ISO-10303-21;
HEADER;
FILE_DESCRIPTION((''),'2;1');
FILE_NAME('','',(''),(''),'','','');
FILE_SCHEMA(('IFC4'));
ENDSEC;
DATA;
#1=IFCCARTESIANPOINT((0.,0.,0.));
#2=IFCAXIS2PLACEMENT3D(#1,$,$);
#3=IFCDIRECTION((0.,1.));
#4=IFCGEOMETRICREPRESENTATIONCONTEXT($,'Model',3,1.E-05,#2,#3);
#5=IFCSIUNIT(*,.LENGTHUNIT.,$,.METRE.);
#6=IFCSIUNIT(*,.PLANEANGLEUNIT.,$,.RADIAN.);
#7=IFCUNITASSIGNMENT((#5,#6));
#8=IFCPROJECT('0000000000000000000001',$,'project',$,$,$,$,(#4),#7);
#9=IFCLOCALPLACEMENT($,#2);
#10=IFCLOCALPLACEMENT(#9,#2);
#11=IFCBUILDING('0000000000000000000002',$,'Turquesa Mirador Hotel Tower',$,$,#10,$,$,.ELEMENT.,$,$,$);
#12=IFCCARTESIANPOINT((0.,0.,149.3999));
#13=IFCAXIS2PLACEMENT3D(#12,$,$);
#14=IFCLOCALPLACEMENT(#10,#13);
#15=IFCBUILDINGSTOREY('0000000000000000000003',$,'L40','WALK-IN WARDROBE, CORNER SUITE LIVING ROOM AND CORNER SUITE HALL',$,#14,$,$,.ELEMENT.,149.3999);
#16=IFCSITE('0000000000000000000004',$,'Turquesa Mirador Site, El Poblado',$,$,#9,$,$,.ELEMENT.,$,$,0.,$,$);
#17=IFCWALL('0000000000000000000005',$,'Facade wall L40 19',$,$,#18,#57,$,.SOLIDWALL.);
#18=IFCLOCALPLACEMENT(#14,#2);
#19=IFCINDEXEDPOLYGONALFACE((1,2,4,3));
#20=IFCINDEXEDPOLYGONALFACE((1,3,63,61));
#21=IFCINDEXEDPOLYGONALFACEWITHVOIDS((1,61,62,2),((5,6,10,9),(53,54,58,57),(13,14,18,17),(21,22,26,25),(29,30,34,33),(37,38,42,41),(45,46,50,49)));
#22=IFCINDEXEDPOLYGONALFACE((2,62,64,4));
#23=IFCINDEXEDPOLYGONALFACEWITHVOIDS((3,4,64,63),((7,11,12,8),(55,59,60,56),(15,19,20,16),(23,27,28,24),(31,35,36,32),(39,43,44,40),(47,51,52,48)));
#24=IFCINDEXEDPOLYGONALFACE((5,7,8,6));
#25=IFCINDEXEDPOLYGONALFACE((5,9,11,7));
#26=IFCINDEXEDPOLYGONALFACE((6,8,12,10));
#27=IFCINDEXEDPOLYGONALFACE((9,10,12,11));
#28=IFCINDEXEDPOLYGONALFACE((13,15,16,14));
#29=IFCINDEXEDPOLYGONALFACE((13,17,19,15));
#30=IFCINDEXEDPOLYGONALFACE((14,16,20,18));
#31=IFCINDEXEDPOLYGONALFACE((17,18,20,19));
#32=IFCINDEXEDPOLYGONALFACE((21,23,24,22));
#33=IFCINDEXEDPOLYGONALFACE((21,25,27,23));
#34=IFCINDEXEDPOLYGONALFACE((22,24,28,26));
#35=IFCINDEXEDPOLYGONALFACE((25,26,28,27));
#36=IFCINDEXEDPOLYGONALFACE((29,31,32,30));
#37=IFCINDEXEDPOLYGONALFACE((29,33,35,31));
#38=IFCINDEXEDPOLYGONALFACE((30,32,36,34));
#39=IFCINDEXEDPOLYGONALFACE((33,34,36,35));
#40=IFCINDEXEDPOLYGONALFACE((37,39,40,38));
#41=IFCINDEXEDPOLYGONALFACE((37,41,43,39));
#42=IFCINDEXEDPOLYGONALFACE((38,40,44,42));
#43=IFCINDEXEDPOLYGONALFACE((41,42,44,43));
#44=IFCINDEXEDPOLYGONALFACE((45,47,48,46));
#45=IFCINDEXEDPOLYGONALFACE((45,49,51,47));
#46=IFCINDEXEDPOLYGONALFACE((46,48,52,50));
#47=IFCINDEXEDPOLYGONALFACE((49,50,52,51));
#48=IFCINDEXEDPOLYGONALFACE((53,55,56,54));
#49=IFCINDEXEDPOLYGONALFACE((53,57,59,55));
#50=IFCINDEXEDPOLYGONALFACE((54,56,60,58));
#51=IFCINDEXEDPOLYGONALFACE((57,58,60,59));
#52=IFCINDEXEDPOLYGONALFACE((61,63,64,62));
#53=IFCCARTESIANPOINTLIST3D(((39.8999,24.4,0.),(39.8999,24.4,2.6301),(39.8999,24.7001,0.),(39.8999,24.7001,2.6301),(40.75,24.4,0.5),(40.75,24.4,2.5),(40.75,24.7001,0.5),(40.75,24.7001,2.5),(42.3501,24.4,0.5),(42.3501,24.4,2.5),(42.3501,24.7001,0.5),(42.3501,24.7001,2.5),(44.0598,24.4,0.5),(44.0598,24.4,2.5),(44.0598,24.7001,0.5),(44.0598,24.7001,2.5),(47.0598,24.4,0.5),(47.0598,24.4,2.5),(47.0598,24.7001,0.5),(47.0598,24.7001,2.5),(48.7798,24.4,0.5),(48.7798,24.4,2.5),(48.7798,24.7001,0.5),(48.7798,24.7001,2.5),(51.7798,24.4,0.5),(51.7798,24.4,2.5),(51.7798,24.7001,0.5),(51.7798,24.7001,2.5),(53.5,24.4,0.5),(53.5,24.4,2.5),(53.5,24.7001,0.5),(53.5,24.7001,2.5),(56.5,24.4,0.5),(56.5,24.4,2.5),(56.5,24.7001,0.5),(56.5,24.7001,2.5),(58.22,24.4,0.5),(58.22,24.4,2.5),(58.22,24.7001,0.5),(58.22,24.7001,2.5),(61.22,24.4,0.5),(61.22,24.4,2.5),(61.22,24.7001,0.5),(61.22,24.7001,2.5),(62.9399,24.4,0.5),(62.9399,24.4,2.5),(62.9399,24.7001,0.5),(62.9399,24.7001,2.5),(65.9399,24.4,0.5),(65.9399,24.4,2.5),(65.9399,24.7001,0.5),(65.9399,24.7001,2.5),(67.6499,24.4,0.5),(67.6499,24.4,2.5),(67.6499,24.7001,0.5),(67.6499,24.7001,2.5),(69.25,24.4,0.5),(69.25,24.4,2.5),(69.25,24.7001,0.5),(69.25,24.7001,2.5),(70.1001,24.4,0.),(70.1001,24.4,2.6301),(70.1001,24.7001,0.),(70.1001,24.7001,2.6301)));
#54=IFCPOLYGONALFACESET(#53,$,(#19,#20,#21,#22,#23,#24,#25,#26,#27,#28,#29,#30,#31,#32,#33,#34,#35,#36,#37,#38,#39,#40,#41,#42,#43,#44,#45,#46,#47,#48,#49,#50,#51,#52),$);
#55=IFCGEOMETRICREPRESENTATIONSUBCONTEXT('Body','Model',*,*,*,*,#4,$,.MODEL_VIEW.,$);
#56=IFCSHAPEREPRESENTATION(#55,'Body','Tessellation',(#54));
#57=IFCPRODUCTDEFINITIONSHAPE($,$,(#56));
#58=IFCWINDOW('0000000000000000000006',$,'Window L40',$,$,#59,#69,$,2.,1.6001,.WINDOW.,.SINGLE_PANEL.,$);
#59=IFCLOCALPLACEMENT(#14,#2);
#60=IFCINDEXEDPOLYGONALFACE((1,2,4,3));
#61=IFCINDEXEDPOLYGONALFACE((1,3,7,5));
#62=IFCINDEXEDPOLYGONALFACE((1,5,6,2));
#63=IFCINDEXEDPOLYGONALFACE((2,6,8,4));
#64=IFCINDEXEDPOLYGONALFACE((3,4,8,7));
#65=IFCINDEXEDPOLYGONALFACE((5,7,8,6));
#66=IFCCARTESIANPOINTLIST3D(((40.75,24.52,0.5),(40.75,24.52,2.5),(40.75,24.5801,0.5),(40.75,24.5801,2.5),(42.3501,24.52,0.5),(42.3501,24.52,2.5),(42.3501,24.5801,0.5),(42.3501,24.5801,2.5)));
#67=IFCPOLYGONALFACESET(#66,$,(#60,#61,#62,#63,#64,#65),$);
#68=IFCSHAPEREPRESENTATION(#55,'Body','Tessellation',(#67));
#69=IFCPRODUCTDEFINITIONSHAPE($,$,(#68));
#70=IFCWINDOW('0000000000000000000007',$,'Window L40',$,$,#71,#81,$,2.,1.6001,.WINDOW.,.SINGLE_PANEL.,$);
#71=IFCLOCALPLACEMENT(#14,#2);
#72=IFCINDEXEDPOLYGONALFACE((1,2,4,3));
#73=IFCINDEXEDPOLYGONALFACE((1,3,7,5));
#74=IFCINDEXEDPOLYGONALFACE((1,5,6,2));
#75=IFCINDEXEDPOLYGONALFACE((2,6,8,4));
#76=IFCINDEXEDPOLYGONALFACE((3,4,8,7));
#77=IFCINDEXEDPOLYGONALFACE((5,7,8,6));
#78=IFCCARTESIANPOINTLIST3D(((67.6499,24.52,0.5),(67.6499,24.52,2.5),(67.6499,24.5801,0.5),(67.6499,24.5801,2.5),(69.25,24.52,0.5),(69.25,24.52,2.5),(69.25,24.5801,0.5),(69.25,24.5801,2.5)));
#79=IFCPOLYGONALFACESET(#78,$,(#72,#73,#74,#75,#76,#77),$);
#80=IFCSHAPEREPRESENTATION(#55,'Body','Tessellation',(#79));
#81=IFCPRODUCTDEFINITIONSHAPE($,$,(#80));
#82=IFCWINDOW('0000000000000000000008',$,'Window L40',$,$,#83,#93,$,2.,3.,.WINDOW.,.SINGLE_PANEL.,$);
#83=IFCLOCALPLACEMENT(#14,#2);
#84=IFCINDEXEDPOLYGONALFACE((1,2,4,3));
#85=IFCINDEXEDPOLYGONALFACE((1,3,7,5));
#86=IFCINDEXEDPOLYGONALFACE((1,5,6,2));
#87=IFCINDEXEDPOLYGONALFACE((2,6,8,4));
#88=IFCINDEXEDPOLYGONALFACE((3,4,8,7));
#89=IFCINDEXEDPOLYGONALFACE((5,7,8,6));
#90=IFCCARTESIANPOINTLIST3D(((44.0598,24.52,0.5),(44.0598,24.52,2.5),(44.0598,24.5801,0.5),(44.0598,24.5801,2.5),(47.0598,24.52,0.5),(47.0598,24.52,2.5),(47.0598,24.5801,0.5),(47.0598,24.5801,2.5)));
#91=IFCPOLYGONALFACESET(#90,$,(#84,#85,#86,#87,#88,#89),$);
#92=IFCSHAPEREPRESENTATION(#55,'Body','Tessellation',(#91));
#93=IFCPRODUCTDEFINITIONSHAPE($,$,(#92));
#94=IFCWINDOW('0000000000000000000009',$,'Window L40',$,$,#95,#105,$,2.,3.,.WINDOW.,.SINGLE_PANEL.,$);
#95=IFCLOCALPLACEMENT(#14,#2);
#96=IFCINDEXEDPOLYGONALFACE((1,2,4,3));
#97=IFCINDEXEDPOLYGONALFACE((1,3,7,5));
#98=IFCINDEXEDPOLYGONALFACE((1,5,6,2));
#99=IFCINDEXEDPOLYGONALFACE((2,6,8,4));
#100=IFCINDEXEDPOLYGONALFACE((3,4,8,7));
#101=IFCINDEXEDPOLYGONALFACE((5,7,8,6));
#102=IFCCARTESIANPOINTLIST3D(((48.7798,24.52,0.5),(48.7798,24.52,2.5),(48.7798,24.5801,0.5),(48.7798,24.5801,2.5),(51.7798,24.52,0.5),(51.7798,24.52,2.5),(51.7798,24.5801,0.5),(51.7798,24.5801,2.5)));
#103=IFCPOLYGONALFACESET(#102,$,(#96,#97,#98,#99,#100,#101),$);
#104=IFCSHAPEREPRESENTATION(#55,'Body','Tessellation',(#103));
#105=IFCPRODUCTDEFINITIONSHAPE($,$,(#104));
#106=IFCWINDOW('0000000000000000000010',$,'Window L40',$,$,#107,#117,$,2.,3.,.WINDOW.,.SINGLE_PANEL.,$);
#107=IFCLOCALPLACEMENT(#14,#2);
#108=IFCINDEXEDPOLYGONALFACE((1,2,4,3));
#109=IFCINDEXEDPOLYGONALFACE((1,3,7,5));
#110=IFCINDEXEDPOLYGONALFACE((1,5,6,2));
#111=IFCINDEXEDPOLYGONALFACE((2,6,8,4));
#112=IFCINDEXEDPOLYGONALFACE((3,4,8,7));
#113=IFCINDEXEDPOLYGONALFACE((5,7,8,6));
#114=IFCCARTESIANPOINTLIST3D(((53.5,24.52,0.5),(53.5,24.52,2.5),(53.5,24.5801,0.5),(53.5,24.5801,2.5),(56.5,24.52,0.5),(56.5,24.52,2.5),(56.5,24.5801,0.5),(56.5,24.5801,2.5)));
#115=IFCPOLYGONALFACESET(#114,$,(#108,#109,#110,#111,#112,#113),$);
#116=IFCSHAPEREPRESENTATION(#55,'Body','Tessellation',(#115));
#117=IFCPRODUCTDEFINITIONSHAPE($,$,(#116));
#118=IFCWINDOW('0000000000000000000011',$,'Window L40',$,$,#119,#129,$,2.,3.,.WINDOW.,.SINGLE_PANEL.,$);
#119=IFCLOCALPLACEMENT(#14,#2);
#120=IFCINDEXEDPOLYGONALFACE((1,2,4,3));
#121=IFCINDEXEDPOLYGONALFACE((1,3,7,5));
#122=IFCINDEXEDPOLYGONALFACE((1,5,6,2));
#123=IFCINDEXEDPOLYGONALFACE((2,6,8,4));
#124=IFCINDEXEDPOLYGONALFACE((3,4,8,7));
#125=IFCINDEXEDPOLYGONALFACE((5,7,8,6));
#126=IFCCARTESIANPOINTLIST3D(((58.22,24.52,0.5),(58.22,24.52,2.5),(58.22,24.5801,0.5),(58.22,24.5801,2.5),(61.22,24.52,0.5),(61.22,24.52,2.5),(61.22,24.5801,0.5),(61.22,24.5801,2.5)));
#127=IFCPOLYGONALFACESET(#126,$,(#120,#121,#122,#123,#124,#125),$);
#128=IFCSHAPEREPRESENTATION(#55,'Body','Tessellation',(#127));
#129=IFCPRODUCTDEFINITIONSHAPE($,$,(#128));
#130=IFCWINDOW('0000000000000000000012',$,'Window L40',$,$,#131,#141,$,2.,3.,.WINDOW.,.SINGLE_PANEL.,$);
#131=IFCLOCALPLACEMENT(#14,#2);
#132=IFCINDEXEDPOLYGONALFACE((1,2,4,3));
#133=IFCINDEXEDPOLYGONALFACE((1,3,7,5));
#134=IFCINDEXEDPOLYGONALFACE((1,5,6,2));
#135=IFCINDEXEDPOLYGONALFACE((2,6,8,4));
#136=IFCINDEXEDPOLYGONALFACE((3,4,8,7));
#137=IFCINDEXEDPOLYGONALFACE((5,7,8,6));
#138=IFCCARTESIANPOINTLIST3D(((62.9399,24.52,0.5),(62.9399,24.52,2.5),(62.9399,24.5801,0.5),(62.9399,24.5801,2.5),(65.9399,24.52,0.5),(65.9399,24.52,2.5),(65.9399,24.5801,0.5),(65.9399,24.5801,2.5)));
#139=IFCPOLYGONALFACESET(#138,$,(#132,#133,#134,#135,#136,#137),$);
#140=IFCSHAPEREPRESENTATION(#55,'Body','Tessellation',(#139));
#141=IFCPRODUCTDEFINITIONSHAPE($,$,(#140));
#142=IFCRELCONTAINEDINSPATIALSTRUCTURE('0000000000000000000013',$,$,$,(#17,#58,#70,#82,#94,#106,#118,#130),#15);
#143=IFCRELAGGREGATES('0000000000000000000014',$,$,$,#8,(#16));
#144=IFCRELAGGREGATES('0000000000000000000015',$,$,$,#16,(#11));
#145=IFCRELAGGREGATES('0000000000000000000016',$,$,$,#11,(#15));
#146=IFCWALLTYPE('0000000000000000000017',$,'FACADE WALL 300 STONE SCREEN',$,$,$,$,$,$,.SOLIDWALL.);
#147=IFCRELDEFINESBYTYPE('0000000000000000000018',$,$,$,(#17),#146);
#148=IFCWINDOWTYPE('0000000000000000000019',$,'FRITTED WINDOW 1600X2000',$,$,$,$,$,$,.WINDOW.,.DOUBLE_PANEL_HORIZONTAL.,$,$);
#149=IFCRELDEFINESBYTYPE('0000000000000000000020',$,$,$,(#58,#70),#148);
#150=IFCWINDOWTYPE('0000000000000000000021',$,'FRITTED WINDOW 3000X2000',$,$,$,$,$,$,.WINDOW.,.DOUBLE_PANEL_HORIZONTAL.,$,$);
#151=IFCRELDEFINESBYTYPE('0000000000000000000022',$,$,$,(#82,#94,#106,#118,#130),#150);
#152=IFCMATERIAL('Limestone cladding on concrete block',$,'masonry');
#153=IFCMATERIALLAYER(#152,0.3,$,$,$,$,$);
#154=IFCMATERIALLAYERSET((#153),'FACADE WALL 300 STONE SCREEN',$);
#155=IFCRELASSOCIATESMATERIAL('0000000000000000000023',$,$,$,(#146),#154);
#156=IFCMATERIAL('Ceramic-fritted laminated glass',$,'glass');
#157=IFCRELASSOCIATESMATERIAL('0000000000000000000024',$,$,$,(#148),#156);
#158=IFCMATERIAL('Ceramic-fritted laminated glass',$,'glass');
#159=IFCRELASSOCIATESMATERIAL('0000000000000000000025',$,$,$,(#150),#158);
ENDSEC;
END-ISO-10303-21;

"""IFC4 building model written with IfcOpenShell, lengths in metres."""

from ifc_helpers import new_model, si_unit, direction, frame, frame_2d, origin, place, context, subcontext, project, spatial, rectangle, extrude, material, layer, layer_set, type_object, element, fill, save


model = new_model("IFC4")

# Units and contexts
model_context = context("Model", 3, precision=1e-05, world=origin(), true_north=direction((0.0, 1.0)))
body_context = subcontext(model_context, "Body", "Model", "MODEL_VIEW")
ifc_project = project(units=[si_unit("LENGTHUNIT", "METRE"), si_unit("PLANEANGLEUNIT", "RADIAN")], contexts=[model_context])

# Site, building, storey
site_placement = place(None, origin())
site = spatial("IfcSite", under=ifc_project, at=site_placement, Name="Turquesa Mirador Site, El Poblado", CompositionType="ELEMENT", RefElevation=0.0)
building_placement = place(site_placement, origin())
building = spatial("IfcBuilding", under=site, at=building_placement, Name="Turquesa Mirador Hotel Tower", CompositionType="ELEMENT")
storey_placement = place(building_placement, frame((0.0, 0.0, 149.3999)))
storey = spatial("IfcBuildingStorey", under=building, at=storey_placement, Name="L40", Description="WALK-IN WARDROBE, CORNER SUITE LIVING ROOM AND CORNER SUITE HALL", CompositionType="ELEMENT", Elevation=149.3999)

# Shared definitions
ifc_material_1 = material(Name="Limestone cladding on concrete block", Category="masonry")
ifc_layer_1 = layer(ifc_material_1, 0.3)
ifc_layer_set_1 = layer_set([ifc_layer_1], Name="FACADE WALL 300 STONE SCREEN")
wall_type = type_object("IfcWallType", Name="FACADE WALL 300 STONE SCREEN", PredefinedType="SOLIDWALL", material=ifc_layer_set_1)

# Wall, openings, windows
wall_1_placement = place(storey_placement, frame((39.8999, 24.55, 0.0), z_axis=(0.0, 0.0, 1.0), x_axis=(1.0, 0.0, 0.0)))
wall_1 = element("IfcWall", 1, at=wall_1_placement, inside=storey, type_object=wall_type, Name="Facade wall L40 19", PredefinedType="SOLIDWALL", context=body_context, shape_type="SweptSolid", body=[
    extrude(rectangle(XDim=30.2002, YDim=0.3, at=frame_2d((15.1001, 0.0))), origin(), (0.0, 0.0, 1.0), 2.6301),
])
opening_1_placement = place(wall_1_placement, frame((0.8501, 0.0, 0.5)))
opening_1 = element("IfcOpeningElement", 2, at=opening_1_placement, cuts=wall_1, PredefinedType="OPENING", context=body_context, shape_type="SweptSolid", body=[
    extrude(rectangle(XDim=1.6001, YDim=2.0, at=frame_2d((0.8, 1.0))), frame((0.0, 0.1599, 0.0), z_axis=(0.0, -1.0, 0.0), x_axis=(1.0, 0.0, 0.0)), (0.0, 0.0, 1.0), 0.3201),
])
opening_2_placement = place(wall_1_placement, frame((4.1599, 0.0, 0.5)))
opening_2 = element("IfcOpeningElement", 3, at=opening_2_placement, cuts=wall_1, PredefinedType="OPENING", context=body_context, shape_type="SweptSolid", body=[
    extrude(rectangle(XDim=3.0, YDim=2.0, at=frame_2d((1.5, 1.0))), frame((0.0, 0.1599, 0.0), z_axis=(0.0, -1.0, 0.0), x_axis=(1.0, 0.0, 0.0)), (0.0, 0.0, 1.0), 0.3201),
])
opening_3_placement = place(wall_1_placement, frame((8.8799, 0.0, 0.5)))
opening_3 = element("IfcOpeningElement", 4, at=opening_3_placement, cuts=wall_1, PredefinedType="OPENING", context=body_context, shape_type="SweptSolid", body=[
    extrude(rectangle(XDim=3.0, YDim=2.0, at=frame_2d((1.5, 1.0))), frame((0.0, 0.1599, 0.0), z_axis=(0.0, -1.0, 0.0), x_axis=(1.0, 0.0, 0.0)), (0.0, 0.0, 1.0), 0.3201),
])
opening_4_placement = place(wall_1_placement, frame((13.6001, 0.0, 0.5)))
opening_4 = element("IfcOpeningElement", 5, at=opening_4_placement, cuts=wall_1, PredefinedType="OPENING", context=body_context, shape_type="SweptSolid", body=[
    extrude(rectangle(XDim=3.0, YDim=2.0, at=frame_2d((1.5, 1.0))), frame((0.0, 0.1599, 0.0), z_axis=(0.0, -1.0, 0.0), x_axis=(1.0, 0.0, 0.0)), (0.0, 0.0, 1.0), 0.3201),
])
opening_5_placement = place(wall_1_placement, frame((18.3201, 0.0, 0.5)))
opening_5 = element("IfcOpeningElement", 6, at=opening_5_placement, cuts=wall_1, PredefinedType="OPENING", context=body_context, shape_type="SweptSolid", body=[
    extrude(rectangle(XDim=3.0, YDim=2.0, at=frame_2d((1.5, 1.0))), frame((0.0, 0.1599, 0.0), z_axis=(0.0, -1.0, 0.0), x_axis=(1.0, 0.0, 0.0)), (0.0, 0.0, 1.0), 0.3201),
])
opening_6_placement = place(wall_1_placement, frame((23.04, 0.0, 0.5)))
opening_6 = element("IfcOpeningElement", 7, at=opening_6_placement, cuts=wall_1, PredefinedType="OPENING", context=body_context, shape_type="SweptSolid", body=[
    extrude(rectangle(XDim=3.0, YDim=2.0, at=frame_2d((1.5, 1.0))), frame((0.0, 0.1599, 0.0), z_axis=(0.0, -1.0, 0.0), x_axis=(1.0, 0.0, 0.0)), (0.0, 0.0, 1.0), 0.3201),
])
opening_7_placement = place(wall_1_placement, frame((27.75, 0.0, 0.5)))
opening_7 = element("IfcOpeningElement", 8, at=opening_7_placement, cuts=wall_1, PredefinedType="OPENING", context=body_context, shape_type="SweptSolid", body=[
    extrude(rectangle(XDim=1.6001, YDim=2.0, at=frame_2d((0.8, 1.0))), frame((0.0, 0.1599, 0.0), z_axis=(0.0, -1.0, 0.0), x_axis=(1.0, 0.0, 0.0)), (0.0, 0.0, 1.0), 0.3201),
])
ifc_material_2 = material(Name="Ceramic-fritted laminated glass", Category="glass")
window_type_1 = type_object("IfcWindowType", Name="FRITTED WINDOW 1600X2000", PartitioningType="DOUBLE_PANEL_HORIZONTAL", PredefinedType="WINDOW", material=ifc_material_2)
window_1_placement = place(opening_1_placement, origin())
window_1 = element("IfcWindow", 9, at=window_1_placement, inside=storey, type_object=window_type_1, Name="Window L40", OverallHeight=2.0, OverallWidth=1.6001, PartitioningType="SINGLE_PANEL", PredefinedType="WINDOW", context=body_context, shape_type="SweptSolid", body=[
    extrude(rectangle(XDim=1.6001, YDim=2.0, at=frame_2d((0.8, 1.0))), frame((0.0, 0.03, 0.0), z_axis=(0.0, -1.0, 0.0), x_axis=(1.0, 0.0, 0.0)), (0.0, 0.0, 1.0), 0.0601),
])
fill(opening_1, window_1)
window_2_placement = place(opening_7_placement, origin())
window_2 = element("IfcWindow", 10, at=window_2_placement, inside=storey, type_object=window_type_1, Name="Window L40", OverallHeight=2.0, OverallWidth=1.6001, PartitioningType="SINGLE_PANEL", PredefinedType="WINDOW", context=body_context, shape_type="SweptSolid", body=[
    extrude(rectangle(XDim=1.6001, YDim=2.0, at=frame_2d((0.8, 1.0))), frame((0.0, 0.03, 0.0), z_axis=(0.0, -1.0, 0.0), x_axis=(1.0, 0.0, 0.0)), (0.0, 0.0, 1.0), 0.0601),
])
fill(opening_7, window_2)
ifc_material_3 = material(Name="Ceramic-fritted laminated glass", Category="glass")
window_type_2 = type_object("IfcWindowType", Name="FRITTED WINDOW 3000X2000", PartitioningType="DOUBLE_PANEL_HORIZONTAL", PredefinedType="WINDOW", material=ifc_material_3)
window_3_placement = place(opening_2_placement, origin())
window_3 = element("IfcWindow", 11, at=window_3_placement, inside=storey, type_object=window_type_2, Name="Window L40", OverallHeight=2.0, OverallWidth=3.0, PartitioningType="SINGLE_PANEL", PredefinedType="WINDOW", context=body_context, shape_type="SweptSolid", body=[
    extrude(rectangle(XDim=3.0, YDim=2.0, at=frame_2d((1.5, 1.0))), frame((0.0, 0.03, 0.0), z_axis=(0.0, -1.0, 0.0), x_axis=(1.0, 0.0, 0.0)), (0.0, 0.0, 1.0), 0.0601),
])
fill(opening_2, window_3)
window_4_placement = place(opening_3_placement, origin())
window_4 = element("IfcWindow", 12, at=window_4_placement, inside=storey, type_object=window_type_2, Name="Window L40", OverallHeight=2.0, OverallWidth=3.0, PartitioningType="SINGLE_PANEL", PredefinedType="WINDOW", context=body_context, shape_type="SweptSolid", body=[
    extrude(rectangle(XDim=3.0, YDim=2.0, at=frame_2d((1.5, 1.0))), frame((0.0, 0.03, 0.0), z_axis=(0.0, -1.0, 0.0), x_axis=(1.0, 0.0, 0.0)), (0.0, 0.0, 1.0), 0.0601),
])
fill(opening_3, window_4)
window_5_placement = place(opening_4_placement, origin())
window_5 = element("IfcWindow", 13, at=window_5_placement, inside=storey, type_object=window_type_2, Name="Window L40", OverallHeight=2.0, OverallWidth=3.0, PartitioningType="SINGLE_PANEL", PredefinedType="WINDOW", context=body_context, shape_type="SweptSolid", body=[
    extrude(rectangle(XDim=3.0, YDim=2.0, at=frame_2d((1.5, 1.0))), frame((0.0, 0.03, 0.0), z_axis=(0.0, -1.0, 0.0), x_axis=(1.0, 0.0, 0.0)), (0.0, 0.0, 1.0), 0.0601),
])
fill(opening_4, window_5)
window_6_placement = place(opening_5_placement, origin())
window_6 = element("IfcWindow", 14, at=window_6_placement, inside=storey, type_object=window_type_2, Name="Window L40", OverallHeight=2.0, OverallWidth=3.0, PartitioningType="SINGLE_PANEL", PredefinedType="WINDOW", context=body_context, shape_type="SweptSolid", body=[
    extrude(rectangle(XDim=3.0, YDim=2.0, at=frame_2d((1.5, 1.0))), frame((0.0, 0.03, 0.0), z_axis=(0.0, -1.0, 0.0), x_axis=(1.0, 0.0, 0.0)), (0.0, 0.0, 1.0), 0.0601),
])
fill(opening_5, window_6)
window_7_placement = place(opening_6_placement, origin())
window_7 = element("IfcWindow", 15, at=window_7_placement, inside=storey, type_object=window_type_2, Name="Window L40", OverallHeight=2.0, OverallWidth=3.0, PartitioningType="SINGLE_PANEL", PredefinedType="WINDOW", context=body_context, shape_type="SweptSolid", body=[
    extrude(rectangle(XDim=3.0, YDim=2.0, at=frame_2d((1.5, 1.0))), frame((0.0, 0.03, 0.0), z_axis=(0.0, -1.0, 0.0), x_axis=(1.0, 0.0, 0.0)), (0.0, 0.0, 1.0), 0.0601),
])
fill(opening_6, window_7)

save(model, "model.ifc")
